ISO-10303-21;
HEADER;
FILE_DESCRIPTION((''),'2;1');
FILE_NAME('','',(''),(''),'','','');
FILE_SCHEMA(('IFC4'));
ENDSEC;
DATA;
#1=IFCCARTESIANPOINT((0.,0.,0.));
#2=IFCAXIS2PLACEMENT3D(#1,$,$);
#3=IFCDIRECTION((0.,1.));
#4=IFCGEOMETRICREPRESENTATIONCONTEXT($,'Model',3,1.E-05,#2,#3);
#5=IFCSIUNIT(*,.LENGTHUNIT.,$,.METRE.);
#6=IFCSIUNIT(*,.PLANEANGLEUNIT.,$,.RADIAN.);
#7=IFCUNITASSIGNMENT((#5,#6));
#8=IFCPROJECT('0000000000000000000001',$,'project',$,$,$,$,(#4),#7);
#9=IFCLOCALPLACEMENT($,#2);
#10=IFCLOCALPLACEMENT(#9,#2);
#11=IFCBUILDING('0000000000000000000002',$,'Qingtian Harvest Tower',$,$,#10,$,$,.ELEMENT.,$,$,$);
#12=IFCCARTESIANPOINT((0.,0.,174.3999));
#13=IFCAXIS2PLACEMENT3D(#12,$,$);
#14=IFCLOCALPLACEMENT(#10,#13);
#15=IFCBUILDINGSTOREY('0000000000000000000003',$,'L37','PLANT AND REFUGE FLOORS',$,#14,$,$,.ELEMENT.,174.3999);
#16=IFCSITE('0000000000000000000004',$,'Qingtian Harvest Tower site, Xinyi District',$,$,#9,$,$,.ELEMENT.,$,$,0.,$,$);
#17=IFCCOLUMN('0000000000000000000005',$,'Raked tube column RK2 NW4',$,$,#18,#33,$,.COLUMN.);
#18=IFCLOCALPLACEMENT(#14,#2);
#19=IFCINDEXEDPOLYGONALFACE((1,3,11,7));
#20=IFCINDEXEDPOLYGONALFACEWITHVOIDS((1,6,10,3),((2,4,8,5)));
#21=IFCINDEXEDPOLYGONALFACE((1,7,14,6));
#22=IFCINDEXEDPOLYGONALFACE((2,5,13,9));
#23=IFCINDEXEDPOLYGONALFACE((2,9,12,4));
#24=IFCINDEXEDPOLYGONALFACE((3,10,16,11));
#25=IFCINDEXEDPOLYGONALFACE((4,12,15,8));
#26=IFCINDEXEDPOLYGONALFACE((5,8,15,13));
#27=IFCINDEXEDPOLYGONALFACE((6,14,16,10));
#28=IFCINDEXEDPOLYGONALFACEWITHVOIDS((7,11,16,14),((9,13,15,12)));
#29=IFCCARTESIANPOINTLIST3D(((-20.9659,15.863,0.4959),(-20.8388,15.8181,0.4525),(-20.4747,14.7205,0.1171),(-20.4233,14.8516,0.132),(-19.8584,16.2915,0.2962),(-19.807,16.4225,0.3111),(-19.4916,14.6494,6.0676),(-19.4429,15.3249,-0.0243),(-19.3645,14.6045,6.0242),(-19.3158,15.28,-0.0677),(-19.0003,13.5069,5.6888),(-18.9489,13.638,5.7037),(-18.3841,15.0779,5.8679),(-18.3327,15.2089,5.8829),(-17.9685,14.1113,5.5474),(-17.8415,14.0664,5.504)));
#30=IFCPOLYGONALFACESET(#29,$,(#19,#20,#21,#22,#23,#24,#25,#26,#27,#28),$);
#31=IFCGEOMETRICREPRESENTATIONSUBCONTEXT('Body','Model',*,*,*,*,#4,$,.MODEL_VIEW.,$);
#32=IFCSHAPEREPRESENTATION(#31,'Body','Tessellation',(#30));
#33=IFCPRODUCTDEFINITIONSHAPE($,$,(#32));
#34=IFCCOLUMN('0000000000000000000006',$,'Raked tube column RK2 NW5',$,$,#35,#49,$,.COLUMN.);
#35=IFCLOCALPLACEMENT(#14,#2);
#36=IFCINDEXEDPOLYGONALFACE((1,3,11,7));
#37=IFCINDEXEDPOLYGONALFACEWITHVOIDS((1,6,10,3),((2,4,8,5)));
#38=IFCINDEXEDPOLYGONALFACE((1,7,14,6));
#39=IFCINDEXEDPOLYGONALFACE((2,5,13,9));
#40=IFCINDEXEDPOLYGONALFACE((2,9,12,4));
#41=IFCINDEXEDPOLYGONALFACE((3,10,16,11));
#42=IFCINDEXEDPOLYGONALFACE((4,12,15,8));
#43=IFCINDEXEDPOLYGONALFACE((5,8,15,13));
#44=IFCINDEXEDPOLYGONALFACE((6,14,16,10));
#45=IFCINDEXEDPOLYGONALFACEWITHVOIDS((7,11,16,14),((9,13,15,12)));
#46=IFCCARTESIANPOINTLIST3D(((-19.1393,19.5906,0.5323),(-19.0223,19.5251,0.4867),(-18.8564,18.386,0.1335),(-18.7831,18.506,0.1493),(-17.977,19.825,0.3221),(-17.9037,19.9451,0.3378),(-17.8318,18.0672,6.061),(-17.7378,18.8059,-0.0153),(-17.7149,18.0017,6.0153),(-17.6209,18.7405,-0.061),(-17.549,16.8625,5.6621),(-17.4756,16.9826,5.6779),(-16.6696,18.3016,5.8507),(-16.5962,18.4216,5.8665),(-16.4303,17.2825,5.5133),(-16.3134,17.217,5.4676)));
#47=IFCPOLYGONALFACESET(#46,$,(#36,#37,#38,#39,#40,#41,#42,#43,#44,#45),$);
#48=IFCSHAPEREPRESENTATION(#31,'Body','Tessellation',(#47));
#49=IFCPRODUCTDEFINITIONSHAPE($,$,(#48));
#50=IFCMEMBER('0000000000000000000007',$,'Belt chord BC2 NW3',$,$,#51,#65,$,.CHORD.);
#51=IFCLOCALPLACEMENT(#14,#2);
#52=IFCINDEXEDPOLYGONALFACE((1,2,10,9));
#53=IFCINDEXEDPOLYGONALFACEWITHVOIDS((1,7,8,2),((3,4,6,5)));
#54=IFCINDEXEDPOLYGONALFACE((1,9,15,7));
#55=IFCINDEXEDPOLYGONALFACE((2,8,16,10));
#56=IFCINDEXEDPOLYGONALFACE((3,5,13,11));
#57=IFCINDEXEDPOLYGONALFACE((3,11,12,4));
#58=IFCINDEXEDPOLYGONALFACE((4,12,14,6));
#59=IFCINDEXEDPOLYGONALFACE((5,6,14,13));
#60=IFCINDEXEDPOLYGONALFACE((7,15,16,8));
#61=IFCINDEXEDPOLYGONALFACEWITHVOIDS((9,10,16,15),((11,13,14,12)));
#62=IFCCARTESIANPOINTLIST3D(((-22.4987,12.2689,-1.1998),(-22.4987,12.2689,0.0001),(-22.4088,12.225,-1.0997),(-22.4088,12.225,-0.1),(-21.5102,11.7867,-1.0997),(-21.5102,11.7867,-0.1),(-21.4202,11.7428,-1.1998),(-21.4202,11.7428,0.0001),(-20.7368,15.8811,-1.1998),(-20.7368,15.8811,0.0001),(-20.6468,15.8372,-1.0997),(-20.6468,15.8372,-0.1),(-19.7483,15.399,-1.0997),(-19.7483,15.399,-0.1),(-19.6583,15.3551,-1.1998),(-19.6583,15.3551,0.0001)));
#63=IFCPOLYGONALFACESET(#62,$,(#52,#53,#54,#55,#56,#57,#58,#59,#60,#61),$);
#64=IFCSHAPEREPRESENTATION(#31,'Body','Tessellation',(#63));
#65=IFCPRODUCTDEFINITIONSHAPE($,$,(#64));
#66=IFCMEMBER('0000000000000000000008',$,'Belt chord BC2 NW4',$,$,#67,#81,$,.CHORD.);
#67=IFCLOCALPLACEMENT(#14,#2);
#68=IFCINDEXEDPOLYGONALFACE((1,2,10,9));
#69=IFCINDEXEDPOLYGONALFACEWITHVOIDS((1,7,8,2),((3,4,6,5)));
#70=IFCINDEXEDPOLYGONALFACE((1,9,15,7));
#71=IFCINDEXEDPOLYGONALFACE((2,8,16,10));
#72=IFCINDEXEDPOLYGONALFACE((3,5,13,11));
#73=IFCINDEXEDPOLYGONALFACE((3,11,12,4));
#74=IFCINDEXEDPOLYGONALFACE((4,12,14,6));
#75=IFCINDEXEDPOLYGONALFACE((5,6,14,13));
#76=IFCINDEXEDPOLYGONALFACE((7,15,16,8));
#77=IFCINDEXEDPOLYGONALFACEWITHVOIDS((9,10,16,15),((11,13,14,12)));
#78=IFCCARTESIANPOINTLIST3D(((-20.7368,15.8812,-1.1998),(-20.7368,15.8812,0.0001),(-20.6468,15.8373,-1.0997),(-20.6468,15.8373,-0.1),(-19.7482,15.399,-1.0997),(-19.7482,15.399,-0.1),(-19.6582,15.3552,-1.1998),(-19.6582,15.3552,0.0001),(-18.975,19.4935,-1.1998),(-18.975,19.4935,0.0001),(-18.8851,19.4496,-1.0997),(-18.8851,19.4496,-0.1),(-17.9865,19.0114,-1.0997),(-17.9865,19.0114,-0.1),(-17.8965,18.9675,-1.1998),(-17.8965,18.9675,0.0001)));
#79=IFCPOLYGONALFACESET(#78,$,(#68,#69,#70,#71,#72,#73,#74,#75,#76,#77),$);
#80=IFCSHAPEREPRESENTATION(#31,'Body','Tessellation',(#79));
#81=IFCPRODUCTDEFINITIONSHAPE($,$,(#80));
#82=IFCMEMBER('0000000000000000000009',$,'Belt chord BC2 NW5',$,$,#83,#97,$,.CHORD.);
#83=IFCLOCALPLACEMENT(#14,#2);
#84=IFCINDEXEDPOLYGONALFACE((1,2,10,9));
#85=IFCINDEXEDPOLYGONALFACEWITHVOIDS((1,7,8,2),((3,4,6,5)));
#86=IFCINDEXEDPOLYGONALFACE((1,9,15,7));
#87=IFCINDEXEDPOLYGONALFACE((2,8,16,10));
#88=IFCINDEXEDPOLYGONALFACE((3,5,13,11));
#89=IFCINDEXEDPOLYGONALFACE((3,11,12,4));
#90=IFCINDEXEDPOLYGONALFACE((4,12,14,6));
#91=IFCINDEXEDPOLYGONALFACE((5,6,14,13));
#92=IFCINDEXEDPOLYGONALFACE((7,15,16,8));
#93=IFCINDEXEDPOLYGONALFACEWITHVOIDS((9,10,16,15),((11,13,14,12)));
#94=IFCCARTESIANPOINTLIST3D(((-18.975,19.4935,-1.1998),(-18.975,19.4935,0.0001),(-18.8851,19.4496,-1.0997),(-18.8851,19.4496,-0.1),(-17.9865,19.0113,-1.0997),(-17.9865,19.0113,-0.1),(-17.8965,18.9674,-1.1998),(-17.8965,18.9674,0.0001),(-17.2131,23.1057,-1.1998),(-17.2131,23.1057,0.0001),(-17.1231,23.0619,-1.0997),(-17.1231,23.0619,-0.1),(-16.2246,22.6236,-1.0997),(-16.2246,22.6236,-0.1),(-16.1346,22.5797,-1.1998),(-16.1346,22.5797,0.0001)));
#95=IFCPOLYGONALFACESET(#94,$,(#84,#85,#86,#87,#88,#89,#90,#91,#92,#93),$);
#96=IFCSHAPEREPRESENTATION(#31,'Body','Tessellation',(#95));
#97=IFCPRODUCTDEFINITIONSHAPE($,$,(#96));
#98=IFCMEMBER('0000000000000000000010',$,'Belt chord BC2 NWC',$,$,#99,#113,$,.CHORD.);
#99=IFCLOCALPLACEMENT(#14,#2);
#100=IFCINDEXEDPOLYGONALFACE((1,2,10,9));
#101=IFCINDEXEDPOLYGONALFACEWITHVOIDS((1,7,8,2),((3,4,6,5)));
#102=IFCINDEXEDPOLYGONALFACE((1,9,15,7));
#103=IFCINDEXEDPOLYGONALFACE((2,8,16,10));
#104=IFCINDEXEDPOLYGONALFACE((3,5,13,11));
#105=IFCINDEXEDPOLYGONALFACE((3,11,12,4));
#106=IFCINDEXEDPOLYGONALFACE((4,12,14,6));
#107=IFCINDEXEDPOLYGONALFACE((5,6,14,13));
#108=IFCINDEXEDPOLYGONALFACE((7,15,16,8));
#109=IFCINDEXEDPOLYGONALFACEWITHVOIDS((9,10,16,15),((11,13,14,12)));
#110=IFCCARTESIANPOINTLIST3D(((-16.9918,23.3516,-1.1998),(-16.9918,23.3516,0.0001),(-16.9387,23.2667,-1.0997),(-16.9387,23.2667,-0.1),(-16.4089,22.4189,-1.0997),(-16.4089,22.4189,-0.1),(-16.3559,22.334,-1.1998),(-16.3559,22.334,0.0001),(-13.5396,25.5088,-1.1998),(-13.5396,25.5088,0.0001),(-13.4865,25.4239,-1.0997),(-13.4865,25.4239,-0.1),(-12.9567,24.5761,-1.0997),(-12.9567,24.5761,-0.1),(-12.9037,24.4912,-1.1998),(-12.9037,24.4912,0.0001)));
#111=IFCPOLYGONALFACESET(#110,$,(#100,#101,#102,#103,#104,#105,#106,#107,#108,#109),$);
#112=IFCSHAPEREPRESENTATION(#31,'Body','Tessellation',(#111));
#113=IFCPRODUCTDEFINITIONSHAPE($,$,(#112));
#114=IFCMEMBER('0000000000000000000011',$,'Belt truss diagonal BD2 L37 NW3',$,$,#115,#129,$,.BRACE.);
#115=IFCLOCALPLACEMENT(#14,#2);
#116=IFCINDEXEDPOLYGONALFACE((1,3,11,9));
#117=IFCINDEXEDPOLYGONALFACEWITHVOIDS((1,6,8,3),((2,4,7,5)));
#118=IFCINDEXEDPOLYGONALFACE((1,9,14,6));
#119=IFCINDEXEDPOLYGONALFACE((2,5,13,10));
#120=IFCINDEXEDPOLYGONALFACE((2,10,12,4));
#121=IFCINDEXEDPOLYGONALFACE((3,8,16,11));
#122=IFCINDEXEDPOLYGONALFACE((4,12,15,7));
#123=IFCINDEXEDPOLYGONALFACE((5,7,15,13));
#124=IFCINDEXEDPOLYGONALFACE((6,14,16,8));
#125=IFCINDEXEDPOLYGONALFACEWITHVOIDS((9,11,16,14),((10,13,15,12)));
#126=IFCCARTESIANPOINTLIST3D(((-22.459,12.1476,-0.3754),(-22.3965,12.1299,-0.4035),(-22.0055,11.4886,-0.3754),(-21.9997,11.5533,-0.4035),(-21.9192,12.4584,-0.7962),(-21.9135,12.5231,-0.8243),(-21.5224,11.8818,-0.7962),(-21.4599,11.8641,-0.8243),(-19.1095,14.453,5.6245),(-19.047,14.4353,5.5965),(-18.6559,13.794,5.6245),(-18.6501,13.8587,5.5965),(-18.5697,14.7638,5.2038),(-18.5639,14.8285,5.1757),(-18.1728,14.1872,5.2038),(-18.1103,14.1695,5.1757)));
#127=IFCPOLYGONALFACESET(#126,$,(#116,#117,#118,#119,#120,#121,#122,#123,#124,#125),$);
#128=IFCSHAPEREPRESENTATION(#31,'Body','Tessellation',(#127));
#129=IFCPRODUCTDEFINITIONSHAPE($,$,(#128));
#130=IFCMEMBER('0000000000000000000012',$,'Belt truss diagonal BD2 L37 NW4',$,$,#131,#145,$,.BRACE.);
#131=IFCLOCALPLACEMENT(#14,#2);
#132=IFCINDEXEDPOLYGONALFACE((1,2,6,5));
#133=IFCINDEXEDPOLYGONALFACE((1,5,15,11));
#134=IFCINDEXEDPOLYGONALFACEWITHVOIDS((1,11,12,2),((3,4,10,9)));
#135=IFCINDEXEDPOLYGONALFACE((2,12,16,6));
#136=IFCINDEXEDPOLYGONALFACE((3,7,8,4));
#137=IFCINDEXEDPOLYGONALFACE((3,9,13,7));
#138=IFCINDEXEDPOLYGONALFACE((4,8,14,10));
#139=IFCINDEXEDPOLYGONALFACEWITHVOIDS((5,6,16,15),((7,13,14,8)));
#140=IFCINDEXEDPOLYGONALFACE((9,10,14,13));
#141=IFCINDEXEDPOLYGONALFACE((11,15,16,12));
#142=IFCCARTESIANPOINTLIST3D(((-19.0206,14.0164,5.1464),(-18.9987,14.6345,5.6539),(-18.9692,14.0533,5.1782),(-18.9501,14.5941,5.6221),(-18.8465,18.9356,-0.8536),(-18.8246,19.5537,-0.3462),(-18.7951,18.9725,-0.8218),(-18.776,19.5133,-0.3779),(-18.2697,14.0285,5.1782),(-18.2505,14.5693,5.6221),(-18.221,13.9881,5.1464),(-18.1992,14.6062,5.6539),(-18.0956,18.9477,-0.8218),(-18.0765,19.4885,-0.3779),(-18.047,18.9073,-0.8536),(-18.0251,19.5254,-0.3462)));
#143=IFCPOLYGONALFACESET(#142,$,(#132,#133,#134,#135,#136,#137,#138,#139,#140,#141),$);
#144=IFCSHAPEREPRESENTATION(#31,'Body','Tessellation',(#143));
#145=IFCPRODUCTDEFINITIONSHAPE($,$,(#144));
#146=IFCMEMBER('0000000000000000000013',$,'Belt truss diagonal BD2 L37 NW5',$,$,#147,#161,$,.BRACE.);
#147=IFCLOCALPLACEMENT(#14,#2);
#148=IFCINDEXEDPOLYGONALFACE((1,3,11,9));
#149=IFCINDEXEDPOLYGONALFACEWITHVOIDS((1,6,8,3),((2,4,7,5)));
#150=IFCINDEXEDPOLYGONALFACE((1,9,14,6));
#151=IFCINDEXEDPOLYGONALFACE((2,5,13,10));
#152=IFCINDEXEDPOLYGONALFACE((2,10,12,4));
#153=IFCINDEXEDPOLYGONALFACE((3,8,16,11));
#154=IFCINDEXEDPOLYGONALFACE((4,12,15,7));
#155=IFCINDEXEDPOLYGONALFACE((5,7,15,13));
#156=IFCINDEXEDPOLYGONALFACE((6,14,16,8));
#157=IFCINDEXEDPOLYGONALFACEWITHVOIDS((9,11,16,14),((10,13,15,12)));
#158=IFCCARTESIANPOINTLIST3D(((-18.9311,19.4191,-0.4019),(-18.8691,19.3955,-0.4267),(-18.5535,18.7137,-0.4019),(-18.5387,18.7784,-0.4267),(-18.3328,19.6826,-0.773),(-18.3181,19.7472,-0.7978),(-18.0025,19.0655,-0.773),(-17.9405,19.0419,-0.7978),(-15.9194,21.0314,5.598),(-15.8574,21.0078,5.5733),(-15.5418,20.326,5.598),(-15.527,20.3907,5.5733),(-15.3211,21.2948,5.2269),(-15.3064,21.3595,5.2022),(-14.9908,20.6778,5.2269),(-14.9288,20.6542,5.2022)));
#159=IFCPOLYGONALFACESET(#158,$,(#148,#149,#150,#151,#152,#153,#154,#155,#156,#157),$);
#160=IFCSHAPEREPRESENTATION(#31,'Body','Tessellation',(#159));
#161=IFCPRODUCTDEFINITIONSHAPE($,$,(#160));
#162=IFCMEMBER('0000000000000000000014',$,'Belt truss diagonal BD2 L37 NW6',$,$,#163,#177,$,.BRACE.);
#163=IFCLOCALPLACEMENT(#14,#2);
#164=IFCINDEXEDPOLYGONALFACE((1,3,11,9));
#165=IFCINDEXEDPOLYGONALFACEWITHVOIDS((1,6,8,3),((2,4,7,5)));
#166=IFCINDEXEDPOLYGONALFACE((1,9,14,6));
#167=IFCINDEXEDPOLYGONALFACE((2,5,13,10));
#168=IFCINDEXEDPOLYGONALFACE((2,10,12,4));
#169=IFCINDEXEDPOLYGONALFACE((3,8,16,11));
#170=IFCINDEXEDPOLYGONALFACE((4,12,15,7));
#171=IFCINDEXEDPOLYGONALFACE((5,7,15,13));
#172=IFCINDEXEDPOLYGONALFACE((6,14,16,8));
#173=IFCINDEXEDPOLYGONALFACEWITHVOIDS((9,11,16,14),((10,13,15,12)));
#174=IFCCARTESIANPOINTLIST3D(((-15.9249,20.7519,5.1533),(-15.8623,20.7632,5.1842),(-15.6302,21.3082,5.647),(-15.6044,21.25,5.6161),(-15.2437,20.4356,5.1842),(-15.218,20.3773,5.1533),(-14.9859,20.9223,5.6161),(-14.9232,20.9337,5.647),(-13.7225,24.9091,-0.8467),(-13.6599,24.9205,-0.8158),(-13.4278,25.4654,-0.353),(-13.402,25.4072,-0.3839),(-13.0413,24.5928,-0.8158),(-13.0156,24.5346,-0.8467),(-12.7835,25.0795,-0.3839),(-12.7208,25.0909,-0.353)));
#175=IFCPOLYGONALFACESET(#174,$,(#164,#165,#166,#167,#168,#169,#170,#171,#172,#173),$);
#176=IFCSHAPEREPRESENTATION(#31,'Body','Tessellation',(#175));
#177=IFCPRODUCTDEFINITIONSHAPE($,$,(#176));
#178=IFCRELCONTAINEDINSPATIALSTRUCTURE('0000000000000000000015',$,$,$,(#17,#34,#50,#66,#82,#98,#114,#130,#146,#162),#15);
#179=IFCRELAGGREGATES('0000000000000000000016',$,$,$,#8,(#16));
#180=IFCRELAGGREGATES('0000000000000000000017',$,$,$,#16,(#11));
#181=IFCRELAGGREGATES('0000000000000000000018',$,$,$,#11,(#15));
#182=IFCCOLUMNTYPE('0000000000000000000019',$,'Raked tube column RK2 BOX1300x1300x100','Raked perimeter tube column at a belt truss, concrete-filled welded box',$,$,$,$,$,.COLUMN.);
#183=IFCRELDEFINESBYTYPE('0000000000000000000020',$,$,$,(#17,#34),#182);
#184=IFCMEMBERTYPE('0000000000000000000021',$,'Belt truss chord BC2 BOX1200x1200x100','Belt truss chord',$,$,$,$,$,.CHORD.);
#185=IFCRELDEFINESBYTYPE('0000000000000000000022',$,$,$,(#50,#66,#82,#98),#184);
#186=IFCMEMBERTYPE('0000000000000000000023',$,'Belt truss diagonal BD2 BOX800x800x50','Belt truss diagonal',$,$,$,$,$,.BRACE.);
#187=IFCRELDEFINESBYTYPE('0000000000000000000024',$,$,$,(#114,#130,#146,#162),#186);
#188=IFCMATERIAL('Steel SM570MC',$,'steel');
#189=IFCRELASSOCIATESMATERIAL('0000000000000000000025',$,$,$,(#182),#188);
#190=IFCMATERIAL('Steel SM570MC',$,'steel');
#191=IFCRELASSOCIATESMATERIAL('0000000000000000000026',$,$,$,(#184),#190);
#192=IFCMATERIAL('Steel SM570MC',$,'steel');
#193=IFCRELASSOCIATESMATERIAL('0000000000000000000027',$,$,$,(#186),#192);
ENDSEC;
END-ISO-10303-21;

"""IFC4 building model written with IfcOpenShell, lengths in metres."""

from ifc_helpers import new_model, si_unit, direction, frame, origin, origin_2d, place, context, subcontext, project, spatial, hollow_rectangle, extrude, clip, halfspace, material, material_profile, profile_set, type_object, element, save


model = new_model("IFC4")

# Units and contexts
model_context = context("Model", 3, precision=1e-05, world=origin(), true_north=direction((0.0, 1.0)))
body_context = subcontext(model_context, "Body", "Model", "MODEL_VIEW")
ifc_project = project(units=[si_unit("LENGTHUNIT", "METRE"), si_unit("PLANEANGLEUNIT", "RADIAN")], contexts=[model_context])

# Site, building, storey
site_placement = place(None, origin())
site = spatial("IfcSite", under=ifc_project, at=site_placement, Name="Qingtian Harvest Tower site, Xinyi District", CompositionType="ELEMENT", RefElevation=0.0)
building_placement = place(site_placement, origin())
building = spatial("IfcBuilding", under=site, at=building_placement, Name="Qingtian Harvest Tower", CompositionType="ELEMENT")
storey_placement = place(building_placement, frame((0.0, 0.0, 174.3999)))
storey = spatial("IfcBuildingStorey", under=building, at=storey_placement, Name="L37", Description="PLANT AND REFUGE FLOORS", CompositionType="ELEMENT", Elevation=174.3999)

# Columns
ifc_material_1 = material(Name="Steel SM570MC", Category="steel")
ifc_material_profile_1 = material_profile(ifc_material_1, hollow_rectangle(XDim=1.3, YDim=1.3, WallThickness=0.1001, at=origin_2d()), Name="BOX1300x1300x100")
ifc_profile_set_1 = profile_set([ifc_material_profile_1], Name="Steel SM570MC")
column_type = type_object("IfcColumnType", Name="Raked tube column RK2 BOX1300x1300x100", Description="Raked perimeter tube column at a belt truss, concrete-filled welded box", PredefinedType="COLUMN", material=ifc_profile_set_1)
column_1_placement = place(storey_placement, frame((-20.1975, 15.6182, 0.0), z_axis=(0.250315, -0.206049, 0.945984), x_axis=(0.377848, -0.878815, -0.2914)))
element("IfcColumn", 1, at=column_1_placement, inside=storey, type_object=column_type, Name="Raked tube column RK2 NW4", PredefinedType="COLUMN", context=body_context, shape_type="Clipping", body=[
    clip(clip(extrude(hollow_rectangle(XDim=1.3, YDim=1.3, WallThickness=0.1001, at=origin_2d()), origin(), (0.0, 0.0, 1.0), 6.3425), halfspace(frame((0.0, 0.0, 0.2263), z_axis=(0.0, 0.0, -1.0), x_axis=(0.0, -1.0, 0.0)), False)), halfspace(frame((0.0, 0.0, 6.1162), z_axis=(0.0, 0.0, 1.0), x_axis=(0.0, 1.0, 0.0)), False)),
])
column_2_placement = place(storey_placement, frame((-18.4358, 19.2305, 0.0), z_axis=(0.222289, -0.259006, 0.939949), x_axis=(0.217551, -0.926586, -0.306773)))
element("IfcColumn", 2, at=column_2_placement, inside=storey, type_object=column_type, Name="Raked tube column RK2 NW5", PredefinedType="COLUMN", context=body_context, shape_type="Clipping", body=[
    clip(clip(extrude(hollow_rectangle(XDim=1.3, YDim=1.3, WallThickness=0.1001, at=origin_2d()), origin(), (0.0, 0.0, 1.0), 6.3833), halfspace(frame((0.0, 0.0, 0.2507), z_axis=(0.0, 0.0, -1.0), x_axis=(0.0, -1.0, 0.0)), False)), halfspace(frame((0.0, 0.0, 6.1326), z_axis=(0.0, 0.0, 1.0), x_axis=(0.0, 1.0, 0.0)), False)),
])

# Members
ifc_material_2 = material(Name="Steel SM570MC", Category="steel")
ifc_material_profile_2 = material_profile(ifc_material_2, hollow_rectangle(XDim=1.2, YDim=1.2, WallThickness=0.1001, at=origin_2d()), Name="BOX1200x1200x100")
ifc_profile_set_2 = profile_set([ifc_material_profile_2], Name="Steel SM570MC")
member_type_1 = type_object("IfcMemberType", Name="Belt truss chord BC2 BOX1200x1200x100", Description="Belt truss chord", PredefinedType="CHORD", material=ifc_profile_set_2)
for number, where, z_axis, x_axis, name in (
    (3, (-21.9595, 12.0059, -0.5999), (0.438396, 0.898782, 0.0), (-0.898782, 0.438396, 0.0), "Belt chord BC2 NW3"),
    (4, (-20.1975, 15.6182, -0.5999), (0.438347, 0.898806, 0.0), (-0.898806, 0.438347, 0.0), "Belt chord BC2 NW4"),
    (5, (-18.4358, 19.2305, -0.5999), (0.438396, 0.898782, 0.0), (-0.898782, 0.438396, 0.0), "Belt chord BC2 NW5"),
):
    element("IfcMember", number, at=place(storey_placement, frame(where, z_axis=z_axis, x_axis=x_axis)), inside=storey, type_object=member_type_1, Name=name, PredefinedType="CHORD", context=body_context, shape_type="SweptSolid", body=[
        extrude(hollow_rectangle(XDim=1.2, YDim=1.2, WallThickness=0.1001, at=origin_2d()), origin(), (0.0, 0.0, 1.0), 4.019),
    ])
member_1_placement = place(storey_placement, frame((-16.6738, 22.8428, -0.5999), z_axis=(0.848039, 0.529934, 0.0), x_axis=(-0.529934, 0.848039, 0.0)))
element("IfcMember", 6, at=member_1_placement, inside=storey, type_object=member_type_1, Name="Belt chord BC2 NWC", PredefinedType="CHORD", context=body_context, shape_type="SweptSolid", body=[
    extrude(hollow_rectangle(XDim=1.2, YDim=1.2, WallThickness=0.1001, at=origin_2d()), origin(), (0.0, 0.0, 1.0), 4.0708),
])
ifc_material_3 = material(Name="Steel SM570MC", Category="steel")
ifc_material_profile_3 = material_profile(ifc_material_3, hollow_rectangle(XDim=0.8, YDim=0.8, WallThickness=0.05, at=origin_2d()), Name="BOX800x800x50")
ifc_profile_set_3 = profile_set([ifc_material_profile_3], Name="Steel SM570MC")
member_type_2 = type_object("IfcMemberType", Name="Belt truss diagonal BD2 BOX800x800x50", Description="Belt truss diagonal", PredefinedType="BRACE", material=ifc_profile_set_3)
member_2_placement = place(storey_placement, frame((-21.9595, 12.0059, -0.5999), z_axis=(0.462137, 0.318073, 0.827804), x_axis=(-0.566957, 0.823748, 0.0)))
element("IfcMember", 7, at=member_2_placement, inside=storey, type_object=member_type_2, Name="Belt truss diagonal BD2 L37 NW3", PredefinedType="BRACE", context=body_context, shape_type="SweptSolid", body=[
    extrude(hollow_rectangle(XDim=0.8, YDim=0.8, WallThickness=0.05, at=origin_2d()), origin(), (0.0, 0.0, 1.0), 7.248),
])
member_3_placement = place(storey_placement, frame((-18.6099, 14.3113, 5.4001), z_axis=(0.02243, 0.633858, -0.773124), x_axis=(-0.999374, 0.035364, 0.0)))
element("IfcMember", 8, at=member_3_placement, inside=storey, type_object=member_type_2, Name="Belt truss diagonal BD2 L37 NW4", PredefinedType="BRACE", context=body_context, shape_type="SweptSolid", body=[
    extrude(hollow_rectangle(XDim=0.8, YDim=0.8, WallThickness=0.05, at=origin_2d()), origin(), (0.0, 0.0, 1.0), 7.7607),
])
member_4_placement = place(storey_placement, frame((-18.4358, 19.2305, -0.5999), z_axis=(0.436206, 0.23352, 0.869018), x_axis=(-0.471968, 0.881616, 0.0)))
element("IfcMember", 9, at=member_4_placement, inside=storey, type_object=member_type_2, Name="Belt truss diagonal BD2 L37 NW5", PredefinedType="BRACE", context=body_context, shape_type="SweptSolid", body=[
    extrude(hollow_rectangle(XDim=0.8, YDim=0.8, WallThickness=0.05, at=origin_2d()), origin(), (0.0, 0.0, 1.0), 6.9043),
])
member_5_placement = place(storey_placement, frame((-15.4241, 20.8428, 5.4001), z_axis=(0.288857, 0.545245, -0.786936), x_axis=(-0.883655, 0.468138, 0.0)))
element("IfcMember", 10, at=member_5_placement, inside=storey, type_object=member_type_2, Name="Belt truss diagonal BD2 L37 NW6", PredefinedType="BRACE", context=body_context, shape_type="SweptSolid", body=[
    extrude(hollow_rectangle(XDim=0.8, YDim=0.8, WallThickness=0.05, at=origin_2d()), origin(), (0.0, 0.0, 1.0), 7.6245),
])

save(model, "model.ifc")
